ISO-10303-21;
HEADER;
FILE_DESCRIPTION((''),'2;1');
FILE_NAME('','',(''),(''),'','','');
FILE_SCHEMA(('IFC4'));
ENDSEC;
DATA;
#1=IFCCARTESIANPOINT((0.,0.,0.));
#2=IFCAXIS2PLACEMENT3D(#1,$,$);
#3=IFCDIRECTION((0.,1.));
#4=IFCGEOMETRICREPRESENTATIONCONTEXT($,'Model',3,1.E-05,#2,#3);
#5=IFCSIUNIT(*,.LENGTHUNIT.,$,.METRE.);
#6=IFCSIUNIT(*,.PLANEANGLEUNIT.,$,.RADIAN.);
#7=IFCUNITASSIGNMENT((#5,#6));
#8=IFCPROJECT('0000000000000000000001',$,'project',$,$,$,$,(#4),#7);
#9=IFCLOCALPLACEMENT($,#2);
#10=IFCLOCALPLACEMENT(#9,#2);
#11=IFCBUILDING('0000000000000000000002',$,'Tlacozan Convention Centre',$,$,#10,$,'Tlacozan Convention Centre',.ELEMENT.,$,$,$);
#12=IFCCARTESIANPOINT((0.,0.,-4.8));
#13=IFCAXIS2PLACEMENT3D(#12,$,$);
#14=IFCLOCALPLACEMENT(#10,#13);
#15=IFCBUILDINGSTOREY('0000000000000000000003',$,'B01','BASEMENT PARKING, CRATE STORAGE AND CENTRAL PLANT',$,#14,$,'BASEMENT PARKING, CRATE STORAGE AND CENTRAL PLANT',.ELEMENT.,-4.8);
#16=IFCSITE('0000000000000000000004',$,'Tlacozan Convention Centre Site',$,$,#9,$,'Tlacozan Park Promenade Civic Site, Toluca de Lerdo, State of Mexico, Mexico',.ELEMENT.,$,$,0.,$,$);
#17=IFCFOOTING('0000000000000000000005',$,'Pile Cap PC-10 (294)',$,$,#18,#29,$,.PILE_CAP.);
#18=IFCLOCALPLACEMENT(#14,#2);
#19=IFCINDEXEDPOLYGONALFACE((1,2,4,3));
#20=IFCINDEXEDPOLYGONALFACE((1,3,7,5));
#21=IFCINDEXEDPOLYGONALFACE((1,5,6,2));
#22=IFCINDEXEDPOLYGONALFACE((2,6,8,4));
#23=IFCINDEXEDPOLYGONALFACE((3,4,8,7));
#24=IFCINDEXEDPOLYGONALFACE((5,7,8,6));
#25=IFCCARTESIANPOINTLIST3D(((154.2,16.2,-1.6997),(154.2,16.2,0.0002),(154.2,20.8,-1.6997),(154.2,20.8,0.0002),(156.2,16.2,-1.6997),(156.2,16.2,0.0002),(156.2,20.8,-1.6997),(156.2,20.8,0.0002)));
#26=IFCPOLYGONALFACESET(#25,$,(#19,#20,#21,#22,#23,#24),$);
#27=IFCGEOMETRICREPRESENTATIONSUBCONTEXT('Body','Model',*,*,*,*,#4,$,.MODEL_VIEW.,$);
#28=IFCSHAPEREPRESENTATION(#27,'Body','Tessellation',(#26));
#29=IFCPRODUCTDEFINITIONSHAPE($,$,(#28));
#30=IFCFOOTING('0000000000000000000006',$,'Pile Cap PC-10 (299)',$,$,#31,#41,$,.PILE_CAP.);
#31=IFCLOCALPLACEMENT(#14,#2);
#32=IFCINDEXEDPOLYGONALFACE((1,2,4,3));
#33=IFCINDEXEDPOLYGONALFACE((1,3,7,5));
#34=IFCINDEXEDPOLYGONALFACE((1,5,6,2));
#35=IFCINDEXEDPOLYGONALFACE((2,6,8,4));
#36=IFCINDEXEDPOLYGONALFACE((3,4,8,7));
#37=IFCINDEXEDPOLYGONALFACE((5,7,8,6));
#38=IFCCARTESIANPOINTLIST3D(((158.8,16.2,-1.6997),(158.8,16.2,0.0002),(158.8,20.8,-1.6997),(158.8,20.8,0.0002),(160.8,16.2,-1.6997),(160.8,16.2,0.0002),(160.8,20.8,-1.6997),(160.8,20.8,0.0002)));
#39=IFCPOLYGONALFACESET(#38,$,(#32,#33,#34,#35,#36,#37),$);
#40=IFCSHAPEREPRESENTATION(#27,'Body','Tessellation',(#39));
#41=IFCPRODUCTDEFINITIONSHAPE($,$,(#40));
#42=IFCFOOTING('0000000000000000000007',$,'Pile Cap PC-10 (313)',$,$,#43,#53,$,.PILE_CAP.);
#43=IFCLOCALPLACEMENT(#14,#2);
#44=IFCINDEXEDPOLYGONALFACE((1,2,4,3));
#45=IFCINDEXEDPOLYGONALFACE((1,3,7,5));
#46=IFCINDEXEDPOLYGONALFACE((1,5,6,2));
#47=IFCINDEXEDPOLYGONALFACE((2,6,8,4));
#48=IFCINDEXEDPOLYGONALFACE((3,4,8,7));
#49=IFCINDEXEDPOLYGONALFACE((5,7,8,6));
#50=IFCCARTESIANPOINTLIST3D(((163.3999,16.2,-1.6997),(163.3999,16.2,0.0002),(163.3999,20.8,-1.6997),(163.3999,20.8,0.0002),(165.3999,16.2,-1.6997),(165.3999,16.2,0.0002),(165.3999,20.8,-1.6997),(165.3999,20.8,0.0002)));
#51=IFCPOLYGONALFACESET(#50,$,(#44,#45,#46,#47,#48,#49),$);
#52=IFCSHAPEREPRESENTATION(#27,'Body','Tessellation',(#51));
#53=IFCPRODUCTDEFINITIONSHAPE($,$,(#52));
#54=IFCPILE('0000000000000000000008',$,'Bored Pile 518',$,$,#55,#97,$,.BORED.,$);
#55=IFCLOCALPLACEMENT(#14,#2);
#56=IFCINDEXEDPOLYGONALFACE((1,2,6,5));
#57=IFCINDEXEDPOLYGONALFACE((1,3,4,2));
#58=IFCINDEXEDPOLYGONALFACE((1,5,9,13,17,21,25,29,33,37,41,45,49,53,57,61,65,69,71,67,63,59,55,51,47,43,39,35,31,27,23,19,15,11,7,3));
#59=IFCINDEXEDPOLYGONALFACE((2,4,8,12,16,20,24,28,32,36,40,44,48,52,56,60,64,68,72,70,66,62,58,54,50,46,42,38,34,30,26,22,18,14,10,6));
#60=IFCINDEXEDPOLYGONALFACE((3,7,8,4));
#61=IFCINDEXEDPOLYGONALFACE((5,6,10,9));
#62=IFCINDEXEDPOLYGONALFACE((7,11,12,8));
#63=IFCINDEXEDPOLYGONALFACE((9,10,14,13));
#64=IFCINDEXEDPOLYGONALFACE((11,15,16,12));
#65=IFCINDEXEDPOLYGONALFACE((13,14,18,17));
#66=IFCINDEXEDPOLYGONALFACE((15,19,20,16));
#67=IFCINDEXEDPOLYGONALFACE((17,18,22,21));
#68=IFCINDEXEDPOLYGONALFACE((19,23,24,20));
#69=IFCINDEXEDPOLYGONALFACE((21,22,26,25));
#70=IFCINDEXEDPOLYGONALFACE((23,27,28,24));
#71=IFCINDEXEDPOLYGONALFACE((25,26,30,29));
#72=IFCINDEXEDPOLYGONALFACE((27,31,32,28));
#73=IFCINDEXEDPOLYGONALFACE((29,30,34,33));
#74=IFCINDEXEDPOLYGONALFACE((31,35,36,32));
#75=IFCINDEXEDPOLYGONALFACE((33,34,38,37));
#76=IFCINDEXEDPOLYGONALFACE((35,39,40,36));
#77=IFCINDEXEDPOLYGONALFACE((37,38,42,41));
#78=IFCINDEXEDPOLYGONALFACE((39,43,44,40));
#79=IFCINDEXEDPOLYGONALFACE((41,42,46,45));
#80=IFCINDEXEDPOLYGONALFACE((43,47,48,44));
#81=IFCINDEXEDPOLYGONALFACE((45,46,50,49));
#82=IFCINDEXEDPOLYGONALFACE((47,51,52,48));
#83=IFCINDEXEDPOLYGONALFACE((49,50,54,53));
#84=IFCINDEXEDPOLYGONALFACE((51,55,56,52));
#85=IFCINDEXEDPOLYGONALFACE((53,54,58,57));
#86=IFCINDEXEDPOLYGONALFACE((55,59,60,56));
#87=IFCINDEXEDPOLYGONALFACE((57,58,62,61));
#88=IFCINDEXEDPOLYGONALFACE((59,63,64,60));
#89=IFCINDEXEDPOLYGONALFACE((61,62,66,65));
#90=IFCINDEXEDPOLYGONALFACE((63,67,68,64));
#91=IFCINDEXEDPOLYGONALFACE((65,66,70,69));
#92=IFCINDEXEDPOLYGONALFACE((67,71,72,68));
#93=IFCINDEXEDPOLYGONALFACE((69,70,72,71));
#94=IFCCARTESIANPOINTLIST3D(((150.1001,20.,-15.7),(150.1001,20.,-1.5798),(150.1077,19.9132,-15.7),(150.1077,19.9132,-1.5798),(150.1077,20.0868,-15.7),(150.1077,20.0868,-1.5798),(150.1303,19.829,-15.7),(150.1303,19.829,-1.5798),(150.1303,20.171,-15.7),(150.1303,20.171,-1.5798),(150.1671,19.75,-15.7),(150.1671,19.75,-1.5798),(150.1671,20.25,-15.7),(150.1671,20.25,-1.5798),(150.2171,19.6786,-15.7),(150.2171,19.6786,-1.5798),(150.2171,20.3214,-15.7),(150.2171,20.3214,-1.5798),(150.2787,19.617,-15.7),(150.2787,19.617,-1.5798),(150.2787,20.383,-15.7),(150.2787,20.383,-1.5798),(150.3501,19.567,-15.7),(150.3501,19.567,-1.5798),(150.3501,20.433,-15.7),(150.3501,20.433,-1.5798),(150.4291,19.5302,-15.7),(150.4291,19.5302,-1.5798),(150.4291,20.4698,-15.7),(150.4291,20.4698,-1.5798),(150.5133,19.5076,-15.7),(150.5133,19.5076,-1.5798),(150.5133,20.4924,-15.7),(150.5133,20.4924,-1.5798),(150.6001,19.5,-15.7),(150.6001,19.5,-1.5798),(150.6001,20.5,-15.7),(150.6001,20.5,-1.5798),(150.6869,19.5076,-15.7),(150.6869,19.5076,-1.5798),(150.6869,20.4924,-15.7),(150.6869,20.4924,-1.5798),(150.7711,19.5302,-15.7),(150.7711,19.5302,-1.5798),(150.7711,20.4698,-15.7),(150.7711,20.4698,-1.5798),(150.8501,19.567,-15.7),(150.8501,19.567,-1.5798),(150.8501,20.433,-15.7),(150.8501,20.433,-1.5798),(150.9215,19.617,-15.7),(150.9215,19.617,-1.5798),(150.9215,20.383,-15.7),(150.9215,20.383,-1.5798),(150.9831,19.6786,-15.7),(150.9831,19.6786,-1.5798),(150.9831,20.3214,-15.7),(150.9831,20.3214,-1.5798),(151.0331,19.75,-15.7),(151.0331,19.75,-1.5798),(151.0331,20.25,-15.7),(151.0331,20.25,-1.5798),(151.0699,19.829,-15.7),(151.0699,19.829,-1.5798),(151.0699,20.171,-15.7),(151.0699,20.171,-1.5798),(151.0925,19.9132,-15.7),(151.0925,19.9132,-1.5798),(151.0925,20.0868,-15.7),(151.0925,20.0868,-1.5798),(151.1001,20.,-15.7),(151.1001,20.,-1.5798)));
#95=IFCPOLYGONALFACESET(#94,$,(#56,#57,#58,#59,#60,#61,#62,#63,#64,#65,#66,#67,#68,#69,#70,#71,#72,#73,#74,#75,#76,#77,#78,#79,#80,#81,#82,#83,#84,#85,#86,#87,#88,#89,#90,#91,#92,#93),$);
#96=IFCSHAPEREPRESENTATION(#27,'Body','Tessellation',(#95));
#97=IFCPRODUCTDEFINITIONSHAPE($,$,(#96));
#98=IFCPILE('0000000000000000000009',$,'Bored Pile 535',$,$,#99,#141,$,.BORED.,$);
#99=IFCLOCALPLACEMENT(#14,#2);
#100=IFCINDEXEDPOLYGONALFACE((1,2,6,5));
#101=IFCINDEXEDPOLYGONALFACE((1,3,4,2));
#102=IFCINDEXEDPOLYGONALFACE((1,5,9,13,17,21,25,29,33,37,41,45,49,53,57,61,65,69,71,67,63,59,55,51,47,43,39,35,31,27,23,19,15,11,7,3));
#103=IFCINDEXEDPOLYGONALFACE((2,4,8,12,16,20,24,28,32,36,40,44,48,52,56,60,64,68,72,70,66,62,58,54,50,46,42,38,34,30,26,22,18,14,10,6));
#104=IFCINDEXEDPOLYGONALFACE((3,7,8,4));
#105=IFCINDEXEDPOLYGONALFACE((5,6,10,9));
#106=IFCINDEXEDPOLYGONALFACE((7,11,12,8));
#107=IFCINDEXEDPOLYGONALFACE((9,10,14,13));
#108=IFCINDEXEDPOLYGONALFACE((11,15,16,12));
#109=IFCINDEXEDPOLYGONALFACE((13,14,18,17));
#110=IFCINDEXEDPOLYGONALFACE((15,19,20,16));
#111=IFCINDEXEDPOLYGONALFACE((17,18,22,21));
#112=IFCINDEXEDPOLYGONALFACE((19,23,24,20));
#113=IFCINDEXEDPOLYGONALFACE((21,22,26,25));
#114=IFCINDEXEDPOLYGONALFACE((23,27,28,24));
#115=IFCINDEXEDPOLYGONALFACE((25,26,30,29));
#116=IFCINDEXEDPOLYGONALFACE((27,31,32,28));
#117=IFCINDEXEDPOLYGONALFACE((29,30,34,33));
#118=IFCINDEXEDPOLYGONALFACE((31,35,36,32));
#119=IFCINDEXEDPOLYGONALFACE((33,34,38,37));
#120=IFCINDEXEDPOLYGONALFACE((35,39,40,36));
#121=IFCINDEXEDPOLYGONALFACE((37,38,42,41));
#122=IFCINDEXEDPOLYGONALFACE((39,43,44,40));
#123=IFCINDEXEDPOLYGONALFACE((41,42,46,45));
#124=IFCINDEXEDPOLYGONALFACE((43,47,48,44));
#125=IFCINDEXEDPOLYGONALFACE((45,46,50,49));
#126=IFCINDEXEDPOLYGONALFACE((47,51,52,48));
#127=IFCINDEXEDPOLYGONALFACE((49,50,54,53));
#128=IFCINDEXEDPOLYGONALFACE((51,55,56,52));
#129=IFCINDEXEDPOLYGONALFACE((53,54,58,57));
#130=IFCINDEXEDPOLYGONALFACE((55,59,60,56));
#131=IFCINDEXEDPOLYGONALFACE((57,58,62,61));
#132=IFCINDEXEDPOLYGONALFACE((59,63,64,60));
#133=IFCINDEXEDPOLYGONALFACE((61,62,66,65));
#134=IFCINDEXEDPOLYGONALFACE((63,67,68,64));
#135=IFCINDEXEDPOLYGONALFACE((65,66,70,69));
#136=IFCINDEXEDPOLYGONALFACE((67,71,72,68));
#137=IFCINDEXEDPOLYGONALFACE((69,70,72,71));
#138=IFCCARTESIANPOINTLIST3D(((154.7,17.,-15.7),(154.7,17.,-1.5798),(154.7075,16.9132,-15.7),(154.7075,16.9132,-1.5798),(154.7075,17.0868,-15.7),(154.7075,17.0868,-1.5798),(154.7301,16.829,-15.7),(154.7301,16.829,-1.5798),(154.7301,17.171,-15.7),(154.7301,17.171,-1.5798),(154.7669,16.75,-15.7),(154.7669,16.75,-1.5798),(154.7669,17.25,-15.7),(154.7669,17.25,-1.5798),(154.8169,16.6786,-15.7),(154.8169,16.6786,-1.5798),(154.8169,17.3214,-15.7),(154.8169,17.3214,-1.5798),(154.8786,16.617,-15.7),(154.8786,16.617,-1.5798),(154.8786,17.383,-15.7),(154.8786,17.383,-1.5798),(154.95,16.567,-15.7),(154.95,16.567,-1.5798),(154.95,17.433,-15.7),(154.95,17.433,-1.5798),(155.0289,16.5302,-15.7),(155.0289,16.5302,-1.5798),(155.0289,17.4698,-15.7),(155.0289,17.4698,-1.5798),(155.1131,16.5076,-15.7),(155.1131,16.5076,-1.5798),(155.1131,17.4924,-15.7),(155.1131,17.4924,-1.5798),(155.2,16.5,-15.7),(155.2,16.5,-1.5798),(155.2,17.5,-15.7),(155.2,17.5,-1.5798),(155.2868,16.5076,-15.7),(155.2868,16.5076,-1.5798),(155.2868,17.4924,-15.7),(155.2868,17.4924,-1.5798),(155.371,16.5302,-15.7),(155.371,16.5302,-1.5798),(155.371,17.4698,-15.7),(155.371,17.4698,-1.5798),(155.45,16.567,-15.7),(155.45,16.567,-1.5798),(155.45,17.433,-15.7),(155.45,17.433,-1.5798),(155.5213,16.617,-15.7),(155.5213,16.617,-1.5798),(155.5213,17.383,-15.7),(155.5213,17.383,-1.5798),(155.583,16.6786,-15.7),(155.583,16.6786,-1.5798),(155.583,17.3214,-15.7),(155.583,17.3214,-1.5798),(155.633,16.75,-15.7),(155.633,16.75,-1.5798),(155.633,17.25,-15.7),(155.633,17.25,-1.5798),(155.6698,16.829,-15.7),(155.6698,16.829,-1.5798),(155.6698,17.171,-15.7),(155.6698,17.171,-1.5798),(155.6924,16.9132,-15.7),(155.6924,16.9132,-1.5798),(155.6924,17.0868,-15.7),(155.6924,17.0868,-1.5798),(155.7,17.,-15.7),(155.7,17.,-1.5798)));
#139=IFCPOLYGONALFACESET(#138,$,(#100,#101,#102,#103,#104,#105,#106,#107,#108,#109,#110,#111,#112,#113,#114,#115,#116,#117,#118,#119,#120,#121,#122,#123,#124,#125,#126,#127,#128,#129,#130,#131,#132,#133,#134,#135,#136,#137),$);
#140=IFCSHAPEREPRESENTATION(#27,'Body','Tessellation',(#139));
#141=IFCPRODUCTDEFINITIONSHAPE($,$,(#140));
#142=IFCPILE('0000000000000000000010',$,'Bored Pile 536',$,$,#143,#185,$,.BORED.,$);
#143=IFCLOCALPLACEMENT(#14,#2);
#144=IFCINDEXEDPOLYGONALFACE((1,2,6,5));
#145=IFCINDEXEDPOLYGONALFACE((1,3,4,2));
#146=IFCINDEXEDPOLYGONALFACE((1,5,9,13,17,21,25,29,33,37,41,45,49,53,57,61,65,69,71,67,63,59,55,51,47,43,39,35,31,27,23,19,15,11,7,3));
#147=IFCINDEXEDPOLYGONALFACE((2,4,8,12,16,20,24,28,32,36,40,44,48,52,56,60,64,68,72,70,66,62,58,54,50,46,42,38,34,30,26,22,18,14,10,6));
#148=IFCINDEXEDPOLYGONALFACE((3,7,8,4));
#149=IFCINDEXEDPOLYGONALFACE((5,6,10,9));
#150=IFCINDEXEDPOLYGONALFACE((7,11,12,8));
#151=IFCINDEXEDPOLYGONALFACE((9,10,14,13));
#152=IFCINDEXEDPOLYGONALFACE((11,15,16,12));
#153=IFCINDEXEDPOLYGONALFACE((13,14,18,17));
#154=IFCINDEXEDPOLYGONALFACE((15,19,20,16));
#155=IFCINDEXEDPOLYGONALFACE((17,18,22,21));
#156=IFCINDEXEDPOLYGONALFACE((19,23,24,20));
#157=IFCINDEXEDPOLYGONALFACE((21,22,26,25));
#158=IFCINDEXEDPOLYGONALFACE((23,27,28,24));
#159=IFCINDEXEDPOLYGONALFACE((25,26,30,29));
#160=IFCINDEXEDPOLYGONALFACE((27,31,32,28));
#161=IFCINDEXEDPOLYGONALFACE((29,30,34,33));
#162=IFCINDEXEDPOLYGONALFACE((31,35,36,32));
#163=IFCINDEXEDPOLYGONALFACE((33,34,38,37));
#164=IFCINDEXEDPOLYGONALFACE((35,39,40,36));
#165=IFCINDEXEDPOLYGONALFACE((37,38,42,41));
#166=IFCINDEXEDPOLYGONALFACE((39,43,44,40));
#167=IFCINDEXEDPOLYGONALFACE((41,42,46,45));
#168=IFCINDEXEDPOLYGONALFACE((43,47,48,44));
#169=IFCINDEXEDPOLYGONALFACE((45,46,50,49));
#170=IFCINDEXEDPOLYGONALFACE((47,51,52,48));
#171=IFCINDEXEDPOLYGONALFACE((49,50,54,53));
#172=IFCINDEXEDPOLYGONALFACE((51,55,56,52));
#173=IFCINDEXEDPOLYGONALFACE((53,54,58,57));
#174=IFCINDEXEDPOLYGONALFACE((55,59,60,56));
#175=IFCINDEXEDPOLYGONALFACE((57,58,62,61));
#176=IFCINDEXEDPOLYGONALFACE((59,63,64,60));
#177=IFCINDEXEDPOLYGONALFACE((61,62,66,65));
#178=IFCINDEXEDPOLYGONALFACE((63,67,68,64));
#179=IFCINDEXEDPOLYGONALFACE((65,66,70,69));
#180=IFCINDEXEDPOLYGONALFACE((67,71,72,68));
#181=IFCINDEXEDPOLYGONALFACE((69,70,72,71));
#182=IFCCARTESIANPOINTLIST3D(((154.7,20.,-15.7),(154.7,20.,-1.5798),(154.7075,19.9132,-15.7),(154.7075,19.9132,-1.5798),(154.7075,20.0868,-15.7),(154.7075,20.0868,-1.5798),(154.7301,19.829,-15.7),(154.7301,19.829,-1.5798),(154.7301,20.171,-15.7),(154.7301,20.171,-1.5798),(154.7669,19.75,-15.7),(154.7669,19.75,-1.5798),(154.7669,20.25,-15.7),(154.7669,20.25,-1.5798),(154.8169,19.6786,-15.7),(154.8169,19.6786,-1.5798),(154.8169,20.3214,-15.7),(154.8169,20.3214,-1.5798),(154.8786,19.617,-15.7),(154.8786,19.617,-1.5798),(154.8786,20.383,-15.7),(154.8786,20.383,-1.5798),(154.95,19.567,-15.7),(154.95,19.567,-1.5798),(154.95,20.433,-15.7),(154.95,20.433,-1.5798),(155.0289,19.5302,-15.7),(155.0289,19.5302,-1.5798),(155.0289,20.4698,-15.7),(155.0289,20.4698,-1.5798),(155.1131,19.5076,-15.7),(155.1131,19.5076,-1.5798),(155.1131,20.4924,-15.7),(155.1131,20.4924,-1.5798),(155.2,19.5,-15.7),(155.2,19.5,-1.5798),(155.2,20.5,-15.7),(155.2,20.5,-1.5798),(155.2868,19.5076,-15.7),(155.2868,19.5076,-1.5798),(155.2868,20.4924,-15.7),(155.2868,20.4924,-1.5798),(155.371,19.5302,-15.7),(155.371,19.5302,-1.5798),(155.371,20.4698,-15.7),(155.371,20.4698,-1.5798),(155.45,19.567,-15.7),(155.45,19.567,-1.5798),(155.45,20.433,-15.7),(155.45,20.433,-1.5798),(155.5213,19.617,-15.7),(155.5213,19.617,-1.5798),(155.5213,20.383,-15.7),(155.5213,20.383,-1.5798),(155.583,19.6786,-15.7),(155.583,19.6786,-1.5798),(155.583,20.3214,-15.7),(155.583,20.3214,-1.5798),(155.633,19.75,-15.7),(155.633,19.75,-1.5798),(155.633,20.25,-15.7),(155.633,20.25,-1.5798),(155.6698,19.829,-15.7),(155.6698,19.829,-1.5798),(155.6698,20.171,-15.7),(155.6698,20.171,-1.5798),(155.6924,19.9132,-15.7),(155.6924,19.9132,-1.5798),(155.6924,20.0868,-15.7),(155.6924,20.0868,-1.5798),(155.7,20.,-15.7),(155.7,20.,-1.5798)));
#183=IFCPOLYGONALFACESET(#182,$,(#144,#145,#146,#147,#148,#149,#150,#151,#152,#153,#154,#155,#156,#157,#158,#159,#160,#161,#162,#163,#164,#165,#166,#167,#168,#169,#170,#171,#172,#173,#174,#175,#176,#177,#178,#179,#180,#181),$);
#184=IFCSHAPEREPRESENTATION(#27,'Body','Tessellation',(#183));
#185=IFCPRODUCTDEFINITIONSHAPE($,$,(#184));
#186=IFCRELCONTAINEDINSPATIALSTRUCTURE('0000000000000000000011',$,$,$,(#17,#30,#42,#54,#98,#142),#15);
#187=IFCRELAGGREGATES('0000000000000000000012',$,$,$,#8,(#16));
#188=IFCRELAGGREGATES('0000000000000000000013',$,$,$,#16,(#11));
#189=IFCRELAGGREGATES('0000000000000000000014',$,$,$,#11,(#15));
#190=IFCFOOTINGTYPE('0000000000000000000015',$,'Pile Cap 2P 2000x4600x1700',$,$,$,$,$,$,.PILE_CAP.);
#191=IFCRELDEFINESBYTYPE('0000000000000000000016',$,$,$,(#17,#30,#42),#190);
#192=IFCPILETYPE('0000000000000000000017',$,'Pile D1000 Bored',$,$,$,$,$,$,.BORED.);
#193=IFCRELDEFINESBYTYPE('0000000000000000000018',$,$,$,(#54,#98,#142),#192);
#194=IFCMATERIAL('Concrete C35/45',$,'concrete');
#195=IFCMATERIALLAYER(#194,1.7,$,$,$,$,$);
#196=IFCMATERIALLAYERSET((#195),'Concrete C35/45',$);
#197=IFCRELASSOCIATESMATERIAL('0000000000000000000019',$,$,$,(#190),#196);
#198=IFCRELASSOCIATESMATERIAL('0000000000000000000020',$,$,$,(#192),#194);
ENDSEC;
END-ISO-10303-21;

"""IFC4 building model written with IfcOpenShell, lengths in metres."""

from ifc_helpers import new_model, si_unit, direction, frame, origin, origin_2d, place, context, subcontext, project, spatial, rectangle, circle, extrude, material, layer, layer_set, material_profile, profile_set, type_object, element, save


model = new_model("IFC4")

# Units and contexts
model_context = context("Model", 3, precision=1e-05, world=origin(), true_north=direction((0.0, 1.0)))
body_context = subcontext(model_context, "Body", "Model", "MODEL_VIEW")
ifc_project = project(units=[si_unit("LENGTHUNIT", "METRE"), si_unit("PLANEANGLEUNIT", "RADIAN")], contexts=[model_context])

# Site, building, storey
site_placement = place(None, origin())
site = spatial("IfcSite", under=ifc_project, at=site_placement, Name="Tlacozan Convention Centre Site", LongName="Tlacozan Park Promenade Civic Site, Toluca de Lerdo, State of Mexico, Mexico", CompositionType="ELEMENT", RefElevation=0.0)
building_placement = place(site_placement, origin())
building = spatial("IfcBuilding", under=site, at=building_placement, Name="Tlacozan Convention Centre", LongName="Tlacozan Convention Centre", CompositionType="ELEMENT")
storey_placement = place(building_placement, frame((0.0, 0.0, -4.8)))
storey = spatial("IfcBuildingStorey", under=building, at=storey_placement, Name="B01", Description="BASEMENT PARKING, CRATE STORAGE AND CENTRAL PLANT", LongName="BASEMENT PARKING, CRATE STORAGE AND CENTRAL PLANT", CompositionType="ELEMENT", Elevation=-4.8)

# Footings
ifc_material_1 = material(Name="Concrete C35/45", Category="concrete")
ifc_layer_1 = layer(ifc_material_1, 1.7)
ifc_layer_set_1 = layer_set([ifc_layer_1], Name="Concrete C35/45")
footing_type = type_object("IfcFootingType", Name="Pile Cap 2P 2000x4600x1700", PredefinedType="PILE_CAP", material=ifc_layer_set_1)
for number, where, z_axis, x_axis, name in (
    (1, (155.2, 18.5, -1.6997), (0.0, 0.0, 1.0), (1.0, 0.0, 0.0), "Pile Cap PC-10 (294)"),
    (2, (159.8, 18.5, -1.6997), (0.0, 0.0, 1.0), (1.0, 0.0, 0.0), "Pile Cap PC-10 (299)"),
    (3, (164.3999, 18.5, -1.6997), (0.0, 0.0, 1.0), (1.0, 0.0, 0.0), "Pile Cap PC-10 (313)"),
):
    element("IfcFooting", number, at=place(storey_placement, frame(where, z_axis=z_axis, x_axis=x_axis)), inside=storey, type_object=footing_type, Name=name, PredefinedType="PILE_CAP", context=body_context, shape_type="SweptSolid", body=[
        extrude(rectangle(XDim=2.0, YDim=4.6001, at=origin_2d()), origin(), (0.0, 0.0, 1.0), 1.7),
    ])

# Piles
ifc_material_profile_1 = material_profile(ifc_material_1, circle(Radius=0.5, at=origin_2d()), Name="PILE D1000")
ifc_profile_set_1 = profile_set([ifc_material_profile_1], Name="Concrete C35/45")
pile_type = type_object("IfcPileType", Name="Pile D1000 Bored", PredefinedType="BORED", material=ifc_profile_set_1)
for number, where, z_axis, x_axis, name in (
    (4, (150.6001, 20.0, -1.5798), (0.0, 0.0, -1.0), (1.0, 0.0, 0.0), "Bored Pile 518"),
    (5, (155.2, 17.0, -1.5798), (0.0, 0.0, -1.0), (1.0, 0.0, 0.0), "Bored Pile 535"),
    (6, (155.2, 20.0, -1.5798), (0.0, 0.0, -1.0), (1.0, 0.0, 0.0), "Bored Pile 536"),
):
    element("IfcPile", number, at=place(storey_placement, frame(where, z_axis=z_axis, x_axis=x_axis)), inside=storey, type_object=pile_type, Name=name, PredefinedType="BORED", context=body_context, shape_type="SweptSolid", body=[
        extrude(circle(Radius=0.5, at=origin_2d()), origin(), (0.0, 0.0, 1.0), 14.1201),
    ])

save(model, "model.ifc")
